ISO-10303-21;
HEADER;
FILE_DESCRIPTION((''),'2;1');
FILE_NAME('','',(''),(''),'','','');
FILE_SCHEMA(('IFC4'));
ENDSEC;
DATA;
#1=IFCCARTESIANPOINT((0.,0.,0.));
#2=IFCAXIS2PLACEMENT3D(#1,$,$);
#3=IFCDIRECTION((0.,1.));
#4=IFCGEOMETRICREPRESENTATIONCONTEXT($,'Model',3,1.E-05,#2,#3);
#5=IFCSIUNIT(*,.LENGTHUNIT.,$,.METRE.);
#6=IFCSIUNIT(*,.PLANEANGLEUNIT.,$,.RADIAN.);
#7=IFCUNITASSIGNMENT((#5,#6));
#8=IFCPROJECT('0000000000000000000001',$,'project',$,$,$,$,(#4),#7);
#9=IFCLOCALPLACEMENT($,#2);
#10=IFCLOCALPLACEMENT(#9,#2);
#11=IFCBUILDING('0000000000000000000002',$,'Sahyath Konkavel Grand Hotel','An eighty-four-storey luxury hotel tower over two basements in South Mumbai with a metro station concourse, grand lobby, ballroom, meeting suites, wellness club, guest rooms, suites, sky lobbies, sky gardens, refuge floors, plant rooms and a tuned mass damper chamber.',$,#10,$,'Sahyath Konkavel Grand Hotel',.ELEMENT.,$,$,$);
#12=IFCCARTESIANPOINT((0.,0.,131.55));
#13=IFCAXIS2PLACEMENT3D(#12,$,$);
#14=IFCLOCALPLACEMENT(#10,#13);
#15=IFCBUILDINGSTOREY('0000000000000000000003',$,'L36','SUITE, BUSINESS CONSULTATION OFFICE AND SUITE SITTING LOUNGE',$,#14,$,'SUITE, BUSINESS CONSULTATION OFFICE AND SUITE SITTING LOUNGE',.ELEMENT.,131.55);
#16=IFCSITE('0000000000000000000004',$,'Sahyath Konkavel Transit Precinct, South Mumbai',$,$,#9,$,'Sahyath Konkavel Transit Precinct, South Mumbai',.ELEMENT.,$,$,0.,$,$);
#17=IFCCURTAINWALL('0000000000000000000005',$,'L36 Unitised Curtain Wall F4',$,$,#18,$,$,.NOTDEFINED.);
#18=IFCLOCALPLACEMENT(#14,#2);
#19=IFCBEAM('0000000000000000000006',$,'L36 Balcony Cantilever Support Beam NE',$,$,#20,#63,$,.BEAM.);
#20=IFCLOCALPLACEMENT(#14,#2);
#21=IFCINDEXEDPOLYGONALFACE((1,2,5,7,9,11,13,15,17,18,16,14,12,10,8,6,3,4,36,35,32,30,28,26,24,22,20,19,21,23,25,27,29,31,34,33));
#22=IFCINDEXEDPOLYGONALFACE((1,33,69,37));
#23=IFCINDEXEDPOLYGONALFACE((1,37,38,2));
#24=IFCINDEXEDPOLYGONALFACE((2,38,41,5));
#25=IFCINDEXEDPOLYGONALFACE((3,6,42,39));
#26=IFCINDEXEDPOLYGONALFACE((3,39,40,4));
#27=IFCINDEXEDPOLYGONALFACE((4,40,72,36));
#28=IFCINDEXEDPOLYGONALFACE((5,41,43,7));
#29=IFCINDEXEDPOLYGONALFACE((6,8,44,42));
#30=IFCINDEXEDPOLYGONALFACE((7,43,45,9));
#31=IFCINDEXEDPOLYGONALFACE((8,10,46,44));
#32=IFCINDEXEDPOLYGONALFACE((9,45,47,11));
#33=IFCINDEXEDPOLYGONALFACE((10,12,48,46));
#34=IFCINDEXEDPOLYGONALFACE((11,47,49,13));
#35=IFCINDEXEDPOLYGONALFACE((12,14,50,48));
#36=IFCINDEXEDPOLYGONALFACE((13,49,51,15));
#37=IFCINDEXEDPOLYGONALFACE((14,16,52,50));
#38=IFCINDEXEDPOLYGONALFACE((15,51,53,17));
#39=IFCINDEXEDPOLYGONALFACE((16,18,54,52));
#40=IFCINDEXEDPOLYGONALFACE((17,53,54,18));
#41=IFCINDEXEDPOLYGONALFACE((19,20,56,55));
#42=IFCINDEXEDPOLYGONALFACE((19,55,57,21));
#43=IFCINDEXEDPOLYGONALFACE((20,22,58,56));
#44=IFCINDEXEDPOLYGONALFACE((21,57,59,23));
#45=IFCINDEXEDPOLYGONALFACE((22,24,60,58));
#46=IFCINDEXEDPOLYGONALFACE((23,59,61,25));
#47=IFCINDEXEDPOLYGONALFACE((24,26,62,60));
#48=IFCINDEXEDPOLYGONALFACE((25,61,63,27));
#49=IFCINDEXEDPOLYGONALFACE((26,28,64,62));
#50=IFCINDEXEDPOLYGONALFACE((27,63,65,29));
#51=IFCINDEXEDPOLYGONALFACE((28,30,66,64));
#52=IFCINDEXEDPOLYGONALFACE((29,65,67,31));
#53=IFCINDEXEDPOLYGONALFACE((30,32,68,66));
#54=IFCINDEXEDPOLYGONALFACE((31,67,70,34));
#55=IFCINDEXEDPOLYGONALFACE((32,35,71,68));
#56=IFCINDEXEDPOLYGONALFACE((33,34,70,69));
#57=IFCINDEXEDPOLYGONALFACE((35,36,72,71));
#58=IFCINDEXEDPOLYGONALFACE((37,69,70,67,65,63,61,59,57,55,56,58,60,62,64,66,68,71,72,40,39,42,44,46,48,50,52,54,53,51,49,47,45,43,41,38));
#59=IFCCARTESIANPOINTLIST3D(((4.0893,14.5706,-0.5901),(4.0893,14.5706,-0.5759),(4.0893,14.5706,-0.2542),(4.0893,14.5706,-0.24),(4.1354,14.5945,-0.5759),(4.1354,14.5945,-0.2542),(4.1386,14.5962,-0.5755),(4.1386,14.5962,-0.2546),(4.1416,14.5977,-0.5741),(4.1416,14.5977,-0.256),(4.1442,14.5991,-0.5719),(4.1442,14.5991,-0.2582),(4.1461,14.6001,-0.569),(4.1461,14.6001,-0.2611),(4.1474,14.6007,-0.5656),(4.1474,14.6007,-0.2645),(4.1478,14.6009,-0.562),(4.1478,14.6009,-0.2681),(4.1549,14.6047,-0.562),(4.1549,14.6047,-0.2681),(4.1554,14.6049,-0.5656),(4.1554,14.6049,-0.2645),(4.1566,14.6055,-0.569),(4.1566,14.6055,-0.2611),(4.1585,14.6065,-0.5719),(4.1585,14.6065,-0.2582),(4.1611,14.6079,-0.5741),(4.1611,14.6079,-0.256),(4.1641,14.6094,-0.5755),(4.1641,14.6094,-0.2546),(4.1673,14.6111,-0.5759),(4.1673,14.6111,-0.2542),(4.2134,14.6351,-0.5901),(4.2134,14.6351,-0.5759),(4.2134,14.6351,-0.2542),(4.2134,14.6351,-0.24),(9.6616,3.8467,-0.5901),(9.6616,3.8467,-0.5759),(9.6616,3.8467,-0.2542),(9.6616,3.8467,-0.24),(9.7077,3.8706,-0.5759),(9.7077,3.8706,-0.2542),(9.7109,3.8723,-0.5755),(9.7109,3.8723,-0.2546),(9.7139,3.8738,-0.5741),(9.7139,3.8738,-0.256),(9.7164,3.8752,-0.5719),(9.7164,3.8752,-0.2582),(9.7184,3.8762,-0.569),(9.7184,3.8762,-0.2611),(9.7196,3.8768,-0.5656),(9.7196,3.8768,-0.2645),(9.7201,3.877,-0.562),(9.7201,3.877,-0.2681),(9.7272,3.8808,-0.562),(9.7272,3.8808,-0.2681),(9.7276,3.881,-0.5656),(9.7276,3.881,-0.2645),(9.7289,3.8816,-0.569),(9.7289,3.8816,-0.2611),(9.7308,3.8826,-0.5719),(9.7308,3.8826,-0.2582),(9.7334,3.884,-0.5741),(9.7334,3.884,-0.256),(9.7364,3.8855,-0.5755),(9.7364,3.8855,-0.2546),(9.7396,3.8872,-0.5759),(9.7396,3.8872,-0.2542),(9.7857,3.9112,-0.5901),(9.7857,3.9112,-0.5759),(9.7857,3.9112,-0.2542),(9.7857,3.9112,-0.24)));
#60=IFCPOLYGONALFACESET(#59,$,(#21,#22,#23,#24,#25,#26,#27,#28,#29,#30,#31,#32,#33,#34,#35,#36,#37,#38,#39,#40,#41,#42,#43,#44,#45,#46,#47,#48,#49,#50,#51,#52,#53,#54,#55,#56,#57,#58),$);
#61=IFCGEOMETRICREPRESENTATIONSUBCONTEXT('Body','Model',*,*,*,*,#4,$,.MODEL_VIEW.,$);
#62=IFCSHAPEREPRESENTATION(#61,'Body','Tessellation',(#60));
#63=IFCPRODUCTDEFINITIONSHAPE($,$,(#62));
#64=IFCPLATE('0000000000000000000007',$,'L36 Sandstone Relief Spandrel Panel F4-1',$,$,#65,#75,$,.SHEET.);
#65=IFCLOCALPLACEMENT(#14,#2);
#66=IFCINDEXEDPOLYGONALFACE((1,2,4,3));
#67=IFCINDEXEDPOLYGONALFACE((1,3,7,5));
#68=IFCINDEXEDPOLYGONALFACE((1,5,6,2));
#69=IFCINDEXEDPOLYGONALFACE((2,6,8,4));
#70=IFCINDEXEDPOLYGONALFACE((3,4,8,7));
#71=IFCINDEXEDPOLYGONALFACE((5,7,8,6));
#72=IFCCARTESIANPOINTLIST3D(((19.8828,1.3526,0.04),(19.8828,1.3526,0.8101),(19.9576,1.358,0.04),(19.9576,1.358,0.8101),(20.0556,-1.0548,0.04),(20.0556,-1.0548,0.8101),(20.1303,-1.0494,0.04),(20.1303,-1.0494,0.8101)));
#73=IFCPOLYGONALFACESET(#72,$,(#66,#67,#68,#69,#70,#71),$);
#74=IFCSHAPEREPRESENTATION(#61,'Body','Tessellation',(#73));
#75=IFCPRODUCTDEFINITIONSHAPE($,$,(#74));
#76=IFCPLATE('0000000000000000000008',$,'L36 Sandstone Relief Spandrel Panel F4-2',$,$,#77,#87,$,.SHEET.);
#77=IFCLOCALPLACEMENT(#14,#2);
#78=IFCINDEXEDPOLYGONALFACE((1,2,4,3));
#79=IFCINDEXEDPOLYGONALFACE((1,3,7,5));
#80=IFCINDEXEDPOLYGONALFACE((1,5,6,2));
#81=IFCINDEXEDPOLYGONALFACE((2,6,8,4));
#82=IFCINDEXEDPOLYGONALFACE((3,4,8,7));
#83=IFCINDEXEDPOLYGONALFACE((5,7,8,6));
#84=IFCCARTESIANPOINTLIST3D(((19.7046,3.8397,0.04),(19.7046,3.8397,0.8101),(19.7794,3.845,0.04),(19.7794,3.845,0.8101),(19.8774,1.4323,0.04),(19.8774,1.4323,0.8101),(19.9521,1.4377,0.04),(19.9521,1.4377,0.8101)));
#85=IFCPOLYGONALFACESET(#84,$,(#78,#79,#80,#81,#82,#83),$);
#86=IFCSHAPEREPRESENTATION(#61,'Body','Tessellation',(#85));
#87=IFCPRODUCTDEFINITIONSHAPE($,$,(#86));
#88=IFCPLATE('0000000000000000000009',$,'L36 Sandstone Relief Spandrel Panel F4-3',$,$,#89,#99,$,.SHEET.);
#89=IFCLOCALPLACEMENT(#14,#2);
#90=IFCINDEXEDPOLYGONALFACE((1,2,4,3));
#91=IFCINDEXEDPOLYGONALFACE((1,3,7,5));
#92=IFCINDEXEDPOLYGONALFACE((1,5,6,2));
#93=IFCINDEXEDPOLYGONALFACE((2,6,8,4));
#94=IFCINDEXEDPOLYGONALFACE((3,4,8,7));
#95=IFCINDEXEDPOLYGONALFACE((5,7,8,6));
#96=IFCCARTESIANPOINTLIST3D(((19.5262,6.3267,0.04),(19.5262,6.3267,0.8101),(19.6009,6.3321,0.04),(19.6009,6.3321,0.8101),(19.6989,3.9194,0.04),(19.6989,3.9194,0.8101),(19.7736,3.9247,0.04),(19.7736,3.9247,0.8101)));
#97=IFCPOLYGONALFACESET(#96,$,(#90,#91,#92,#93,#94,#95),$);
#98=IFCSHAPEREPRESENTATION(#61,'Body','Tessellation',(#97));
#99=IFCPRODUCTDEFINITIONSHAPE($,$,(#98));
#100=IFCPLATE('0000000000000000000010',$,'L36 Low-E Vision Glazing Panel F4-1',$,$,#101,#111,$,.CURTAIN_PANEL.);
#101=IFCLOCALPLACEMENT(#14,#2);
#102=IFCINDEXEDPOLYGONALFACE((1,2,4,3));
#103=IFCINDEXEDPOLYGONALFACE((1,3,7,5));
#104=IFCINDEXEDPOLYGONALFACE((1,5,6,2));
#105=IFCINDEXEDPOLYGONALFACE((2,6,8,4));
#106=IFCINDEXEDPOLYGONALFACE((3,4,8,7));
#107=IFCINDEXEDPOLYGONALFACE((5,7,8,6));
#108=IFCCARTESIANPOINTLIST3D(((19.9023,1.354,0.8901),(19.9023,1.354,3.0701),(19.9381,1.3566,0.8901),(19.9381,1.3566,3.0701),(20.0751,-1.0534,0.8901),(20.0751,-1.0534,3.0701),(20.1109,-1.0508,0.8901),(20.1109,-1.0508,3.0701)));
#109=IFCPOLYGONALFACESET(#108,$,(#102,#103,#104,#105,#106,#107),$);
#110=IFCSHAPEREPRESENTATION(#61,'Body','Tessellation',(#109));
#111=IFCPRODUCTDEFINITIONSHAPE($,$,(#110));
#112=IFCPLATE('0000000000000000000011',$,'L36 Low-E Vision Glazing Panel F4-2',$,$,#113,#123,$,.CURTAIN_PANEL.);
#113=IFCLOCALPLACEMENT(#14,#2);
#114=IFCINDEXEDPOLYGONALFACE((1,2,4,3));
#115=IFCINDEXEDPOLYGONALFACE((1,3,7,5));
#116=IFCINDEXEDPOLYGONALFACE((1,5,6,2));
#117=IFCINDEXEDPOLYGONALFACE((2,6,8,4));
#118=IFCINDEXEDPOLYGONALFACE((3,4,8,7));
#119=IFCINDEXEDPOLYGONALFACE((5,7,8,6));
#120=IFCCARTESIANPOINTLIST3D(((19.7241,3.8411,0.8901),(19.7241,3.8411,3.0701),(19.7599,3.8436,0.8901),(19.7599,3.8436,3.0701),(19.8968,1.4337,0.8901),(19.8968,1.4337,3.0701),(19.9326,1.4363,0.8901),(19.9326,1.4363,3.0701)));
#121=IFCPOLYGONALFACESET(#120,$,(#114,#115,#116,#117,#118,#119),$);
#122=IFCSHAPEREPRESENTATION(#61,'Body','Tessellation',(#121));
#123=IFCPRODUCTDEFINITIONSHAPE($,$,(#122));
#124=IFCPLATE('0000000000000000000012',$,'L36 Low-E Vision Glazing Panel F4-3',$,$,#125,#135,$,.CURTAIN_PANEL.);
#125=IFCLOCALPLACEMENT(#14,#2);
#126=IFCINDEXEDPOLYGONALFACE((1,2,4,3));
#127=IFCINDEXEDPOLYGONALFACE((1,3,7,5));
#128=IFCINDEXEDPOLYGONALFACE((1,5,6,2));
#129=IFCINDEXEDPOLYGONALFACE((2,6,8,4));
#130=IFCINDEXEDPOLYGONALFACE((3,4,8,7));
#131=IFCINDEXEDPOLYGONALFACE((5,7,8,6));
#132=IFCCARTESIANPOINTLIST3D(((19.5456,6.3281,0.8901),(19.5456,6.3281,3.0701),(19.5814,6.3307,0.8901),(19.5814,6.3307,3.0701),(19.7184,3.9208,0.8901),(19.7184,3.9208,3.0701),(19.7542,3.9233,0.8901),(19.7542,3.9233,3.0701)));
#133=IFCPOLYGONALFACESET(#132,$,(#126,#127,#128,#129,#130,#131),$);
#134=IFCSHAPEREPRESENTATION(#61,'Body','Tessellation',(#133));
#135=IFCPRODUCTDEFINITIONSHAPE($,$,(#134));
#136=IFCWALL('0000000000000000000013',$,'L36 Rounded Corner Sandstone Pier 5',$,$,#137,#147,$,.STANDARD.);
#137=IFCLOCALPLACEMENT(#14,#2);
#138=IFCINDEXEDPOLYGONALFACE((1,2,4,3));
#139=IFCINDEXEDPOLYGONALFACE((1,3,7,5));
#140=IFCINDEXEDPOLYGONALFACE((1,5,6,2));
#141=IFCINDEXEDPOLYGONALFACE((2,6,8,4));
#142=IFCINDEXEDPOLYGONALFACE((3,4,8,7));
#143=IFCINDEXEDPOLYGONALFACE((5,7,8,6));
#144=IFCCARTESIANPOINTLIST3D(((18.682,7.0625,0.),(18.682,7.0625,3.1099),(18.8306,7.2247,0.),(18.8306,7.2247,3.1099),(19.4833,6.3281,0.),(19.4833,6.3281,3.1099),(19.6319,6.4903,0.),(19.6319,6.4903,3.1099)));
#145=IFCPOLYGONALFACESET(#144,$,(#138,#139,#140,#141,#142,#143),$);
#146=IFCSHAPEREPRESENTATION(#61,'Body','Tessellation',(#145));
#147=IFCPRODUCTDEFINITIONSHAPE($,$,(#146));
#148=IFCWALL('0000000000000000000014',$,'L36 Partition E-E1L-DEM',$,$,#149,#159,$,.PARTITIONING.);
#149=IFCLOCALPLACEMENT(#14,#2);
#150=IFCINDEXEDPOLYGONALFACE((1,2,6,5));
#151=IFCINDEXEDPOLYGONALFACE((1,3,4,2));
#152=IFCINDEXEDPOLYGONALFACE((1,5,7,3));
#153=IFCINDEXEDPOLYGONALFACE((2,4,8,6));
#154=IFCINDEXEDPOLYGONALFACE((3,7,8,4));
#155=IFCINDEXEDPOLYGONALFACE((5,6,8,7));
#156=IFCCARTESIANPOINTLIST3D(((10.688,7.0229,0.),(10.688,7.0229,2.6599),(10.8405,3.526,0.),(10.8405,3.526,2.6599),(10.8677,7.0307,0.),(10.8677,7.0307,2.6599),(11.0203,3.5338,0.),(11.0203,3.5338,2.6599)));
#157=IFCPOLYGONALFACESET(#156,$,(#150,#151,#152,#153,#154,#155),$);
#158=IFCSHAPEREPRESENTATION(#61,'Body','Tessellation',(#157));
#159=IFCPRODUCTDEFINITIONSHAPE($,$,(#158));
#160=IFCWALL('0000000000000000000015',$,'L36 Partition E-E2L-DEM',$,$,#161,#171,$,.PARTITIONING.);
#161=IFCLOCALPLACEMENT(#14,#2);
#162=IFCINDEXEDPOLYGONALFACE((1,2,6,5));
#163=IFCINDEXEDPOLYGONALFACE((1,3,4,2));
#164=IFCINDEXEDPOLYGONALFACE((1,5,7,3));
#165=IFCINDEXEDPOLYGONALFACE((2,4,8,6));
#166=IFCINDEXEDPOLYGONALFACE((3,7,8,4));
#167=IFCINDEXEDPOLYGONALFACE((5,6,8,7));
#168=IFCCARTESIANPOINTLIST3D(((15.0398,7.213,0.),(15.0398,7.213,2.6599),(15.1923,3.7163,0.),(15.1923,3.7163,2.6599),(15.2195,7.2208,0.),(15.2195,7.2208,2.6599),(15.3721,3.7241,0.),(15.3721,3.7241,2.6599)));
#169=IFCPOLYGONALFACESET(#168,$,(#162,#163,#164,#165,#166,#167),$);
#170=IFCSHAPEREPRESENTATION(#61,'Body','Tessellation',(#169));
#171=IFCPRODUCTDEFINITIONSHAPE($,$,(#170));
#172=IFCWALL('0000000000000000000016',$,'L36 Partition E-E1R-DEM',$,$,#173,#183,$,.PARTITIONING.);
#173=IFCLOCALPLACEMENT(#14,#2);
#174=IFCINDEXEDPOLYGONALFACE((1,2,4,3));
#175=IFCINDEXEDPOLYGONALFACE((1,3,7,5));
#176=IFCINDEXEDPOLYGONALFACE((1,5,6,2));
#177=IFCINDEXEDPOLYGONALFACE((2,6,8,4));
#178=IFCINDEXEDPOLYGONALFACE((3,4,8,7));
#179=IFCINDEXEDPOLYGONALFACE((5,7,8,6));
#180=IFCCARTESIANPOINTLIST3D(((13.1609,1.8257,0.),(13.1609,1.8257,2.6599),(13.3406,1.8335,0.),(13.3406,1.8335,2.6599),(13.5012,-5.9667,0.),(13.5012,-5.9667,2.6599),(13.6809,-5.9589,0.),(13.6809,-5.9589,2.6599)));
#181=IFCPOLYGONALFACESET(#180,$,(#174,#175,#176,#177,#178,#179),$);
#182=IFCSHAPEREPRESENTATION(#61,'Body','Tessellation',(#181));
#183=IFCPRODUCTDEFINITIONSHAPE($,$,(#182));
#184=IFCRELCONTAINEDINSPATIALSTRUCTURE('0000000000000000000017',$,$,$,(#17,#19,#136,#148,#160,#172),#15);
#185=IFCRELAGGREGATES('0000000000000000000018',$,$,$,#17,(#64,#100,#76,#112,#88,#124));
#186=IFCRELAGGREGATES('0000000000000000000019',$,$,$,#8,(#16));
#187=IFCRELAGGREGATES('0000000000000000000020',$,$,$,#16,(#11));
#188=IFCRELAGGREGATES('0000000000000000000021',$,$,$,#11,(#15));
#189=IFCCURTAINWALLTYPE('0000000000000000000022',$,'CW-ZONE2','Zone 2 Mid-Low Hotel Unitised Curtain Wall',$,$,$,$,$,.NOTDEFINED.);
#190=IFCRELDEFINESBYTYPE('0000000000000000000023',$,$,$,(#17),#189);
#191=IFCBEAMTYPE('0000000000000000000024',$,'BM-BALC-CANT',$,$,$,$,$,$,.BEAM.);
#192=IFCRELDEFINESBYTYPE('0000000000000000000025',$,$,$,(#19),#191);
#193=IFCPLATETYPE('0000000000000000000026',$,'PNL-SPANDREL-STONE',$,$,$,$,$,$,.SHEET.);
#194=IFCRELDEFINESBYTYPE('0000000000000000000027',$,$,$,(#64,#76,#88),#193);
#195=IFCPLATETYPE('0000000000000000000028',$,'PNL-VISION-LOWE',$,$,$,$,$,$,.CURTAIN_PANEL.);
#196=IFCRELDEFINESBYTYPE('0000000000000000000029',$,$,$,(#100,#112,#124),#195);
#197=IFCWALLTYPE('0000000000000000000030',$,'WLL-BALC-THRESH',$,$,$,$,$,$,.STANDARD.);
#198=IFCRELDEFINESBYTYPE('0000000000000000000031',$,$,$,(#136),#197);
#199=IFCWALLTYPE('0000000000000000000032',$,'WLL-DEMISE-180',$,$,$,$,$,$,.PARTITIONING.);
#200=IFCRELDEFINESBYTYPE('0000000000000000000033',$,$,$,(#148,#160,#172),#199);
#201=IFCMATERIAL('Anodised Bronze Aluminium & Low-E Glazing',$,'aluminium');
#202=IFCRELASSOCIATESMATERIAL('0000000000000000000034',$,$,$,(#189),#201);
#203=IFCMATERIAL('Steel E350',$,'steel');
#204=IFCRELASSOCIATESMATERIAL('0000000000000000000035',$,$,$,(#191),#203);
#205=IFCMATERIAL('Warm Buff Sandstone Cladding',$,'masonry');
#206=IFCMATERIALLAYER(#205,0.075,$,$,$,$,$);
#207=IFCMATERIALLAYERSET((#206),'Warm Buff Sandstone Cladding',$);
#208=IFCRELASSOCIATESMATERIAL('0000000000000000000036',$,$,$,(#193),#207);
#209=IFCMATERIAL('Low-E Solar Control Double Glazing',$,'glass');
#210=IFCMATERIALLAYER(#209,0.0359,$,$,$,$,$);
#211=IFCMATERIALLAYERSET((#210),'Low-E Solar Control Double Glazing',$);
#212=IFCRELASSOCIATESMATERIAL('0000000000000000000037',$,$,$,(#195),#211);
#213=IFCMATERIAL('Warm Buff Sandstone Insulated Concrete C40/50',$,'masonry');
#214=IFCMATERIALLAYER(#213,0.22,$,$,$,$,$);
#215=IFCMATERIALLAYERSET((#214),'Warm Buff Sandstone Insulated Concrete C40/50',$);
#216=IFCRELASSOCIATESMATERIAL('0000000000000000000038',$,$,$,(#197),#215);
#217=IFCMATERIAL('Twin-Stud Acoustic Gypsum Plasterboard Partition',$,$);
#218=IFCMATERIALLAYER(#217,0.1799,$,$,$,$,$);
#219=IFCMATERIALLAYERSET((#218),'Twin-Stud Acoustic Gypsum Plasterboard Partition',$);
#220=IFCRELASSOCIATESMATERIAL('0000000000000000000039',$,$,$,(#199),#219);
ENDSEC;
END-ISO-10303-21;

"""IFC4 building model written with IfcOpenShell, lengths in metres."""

from ifc_helpers import new_model, si_unit, direction, frame, frame_2d, origin, origin_2d, place, context, subcontext, project, spatial, rectangle, i_section, extrude, source, transform, mapped, material, layer, layer_set, material_profile, profile_set, type_object, element, aggregate, save


model = new_model("IFC4")

# Units and contexts
model_context = context("Model", 3, precision=1e-05, world=origin(), true_north=direction((0.0, 1.0)))
body_context = subcontext(model_context, "Body", "Model", "MODEL_VIEW")
ifc_project = project(units=[si_unit("LENGTHUNIT", "METRE"), si_unit("PLANEANGLEUNIT", "RADIAN")], contexts=[model_context])

# Site, building, storey
site_placement = place(None, origin())
site = spatial("IfcSite", under=ifc_project, at=site_placement, Name="Sahyath Konkavel Transit Precinct, South Mumbai", LongName="Sahyath Konkavel Transit Precinct, South Mumbai", CompositionType="ELEMENT", RefElevation=0.0)
building_placement = place(site_placement, origin())
building = spatial("IfcBuilding", under=site, at=building_placement, Name="Sahyath Konkavel Grand Hotel", Description="An eighty-four-storey luxury hotel tower over two basements in South Mumbai with a metro station concourse, grand lobby, ballroom, meeting suites, wellness club, guest rooms, suites, sky lobbies, sky gardens, refuge floors, plant rooms and a tuned mass damper chamber.", LongName="Sahyath Konkavel Grand Hotel", CompositionType="ELEMENT")
storey_placement = place(building_placement, frame((0.0, 0.0, 131.55)))
storey = spatial("IfcBuildingStorey", under=building, at=storey_placement, Name="L36", Description="SUITE, BUSINESS CONSULTATION OFFICE AND SUITE SITTING LOUNGE", LongName="SUITE, BUSINESS CONSULTATION OFFICE AND SUITE SITTING LOUNGE", CompositionType="ELEMENT", Elevation=131.55)

# Shared definitions
ifc_material_1 = material(Name="Steel E350", Category="steel")

# Curtain wall
ifc_material_2 = material(Name="Anodised Bronze Aluminium & Low-E Glazing", Category="aluminium")
curtain_wall_type = type_object("IfcCurtainWallType", Name="CW-ZONE2", Description="Zone 2 Mid-Low Hotel Unitised Curtain Wall", PredefinedType="NOTDEFINED", material=ifc_material_2)
curtain_wall_placement = place(storey_placement, origin())
curtain_wall = element("IfcCurtainWall", 1, at=curtain_wall_placement, inside=storey, type_object=curtain_wall_type, Name="L36 Unitised Curtain Wall F4", PredefinedType="NOTDEFINED")

# Beam
ifc_material_profile_1 = material_profile(ifc_material_1, i_section(OverallWidth=0.1399, OverallDepth=0.3501, WebThickness=0.0081, FlangeThickness=0.0142, FilletRadius=0.0139, at=origin_2d()), Name="ISMB 350")
ifc_profile_set_1 = profile_set([ifc_material_profile_1], Name="Steel E350")
beam_type_1 = type_object("IfcBeamType", Name="BM-BALC-CANT", PredefinedType="BEAM", material=ifc_profile_set_1)
shared_shape_1 = source(origin(), body_context, "Body", "SweptSolid", [
    extrude(i_section(OverallWidth=0.1399, OverallDepth=0.3501, WebThickness=0.0081, FlangeThickness=0.0142, FilletRadius=0.0139, at=origin_2d()), origin(), (0.0, 0.0, 1.0), 12.0852),
])
beam_1_placement = place(storey_placement, frame((9.7236, 3.8789, -0.415), z_axis=(-0.461082, 0.887357, 0.0), x_axis=(-0.887357, -0.461082, 0.0)))
element("IfcBeam", 2, at=beam_1_placement, inside=storey, type_object=beam_type_1, Name="L36 Balcony Cantilever Support Beam NE", PredefinedType="BEAM", context=body_context, shape_type="MappedRepresentation", body=[
    mapped(shared_shape_1, transform((0.0, 0.0, 0.0), scale=1.0)),
])

# Plates
ifc_material_3 = material(Name="Warm Buff Sandstone Cladding", Category="masonry")
ifc_layer_1 = layer(ifc_material_3, 0.075)
ifc_layer_set_1 = layer_set([ifc_layer_1], Name="Warm Buff Sandstone Cladding")
plate_type_1 = type_object("IfcPlateType", Name="PNL-SPANDREL-STONE", PredefinedType="SHEET", material=ifc_layer_set_1)
shared_shape_2 = source(origin(), body_context, "Body", "SweptSolid", [
    extrude(rectangle(XDim=2.4136, YDim=0.075, at=origin_2d()), origin(), (0.0, 0.0, 1.0), 0.77),
])
plate_1_placement = place(storey_placement, frame((20.0066, 0.1516, 0.04), z_axis=(0.0, 0.0, 1.0), x_axis=(-0.071567, 0.997436, 0.0)))
plate_1 = element("IfcPlate", 3, at=plate_1_placement, type_object=plate_type_1, Name="L36 Sandstone Relief Spandrel Panel F4-1", PredefinedType="SHEET", context=body_context, shape_type="MappedRepresentation", body=[
    mapped(shared_shape_2, transform((0.0, 0.0, 0.0), scale=1.0)),
])
plate_2_placement = place(storey_placement, frame((19.8284, 2.6387, 0.04), z_axis=(0.0, 0.0, 1.0), x_axis=(-0.071567, 0.997436, 0.0)))
plate_2 = element("IfcPlate", 4, at=plate_2_placement, type_object=plate_type_1, Name="L36 Sandstone Relief Spandrel Panel F4-2", PredefinedType="SHEET", context=body_context, shape_type="MappedRepresentation", body=[
    mapped(shared_shape_2, transform((0.0, 0.0, 0.0), scale=1.0)),
])
plate_3_placement = place(storey_placement, frame((19.6499, 5.1257, 0.04), z_axis=(0.0, 0.0, 1.0), x_axis=(-0.071567, 0.997436, 0.0)))
plate_3 = element("IfcPlate", 5, at=plate_3_placement, type_object=plate_type_1, Name="L36 Sandstone Relief Spandrel Panel F4-3", PredefinedType="SHEET", context=body_context, shape_type="MappedRepresentation", body=[
    mapped(shared_shape_2, transform((0.0, 0.0, 0.0), scale=1.0)),
])
ifc_material_4 = material(Name="Low-E Solar Control Double Glazing", Category="glass")
ifc_layer_2 = layer(ifc_material_4, 0.0359)
ifc_layer_set_2 = layer_set([ifc_layer_2], Name="Low-E Solar Control Double Glazing")
plate_type_2 = type_object("IfcPlateType", Name="PNL-VISION-LOWE", PredefinedType="CURTAIN_PANEL", material=ifc_layer_set_2)
shared_shape_3 = source(origin(), body_context, "Body", "SweptSolid", [
    extrude(rectangle(XDim=2.4136, YDim=0.0359, at=origin_2d()), origin(), (0.0, 0.0, 1.0), 2.1799),
])
plate_4_placement = place(storey_placement, frame((20.0066, 0.1516, 0.8901), z_axis=(0.0, 0.0, 1.0), x_axis=(-0.071567, 0.997436, 0.0)))
plate_4 = element("IfcPlate", 6, at=plate_4_placement, type_object=plate_type_2, Name="L36 Low-E Vision Glazing Panel F4-1", PredefinedType="CURTAIN_PANEL", context=body_context, shape_type="MappedRepresentation", body=[
    mapped(shared_shape_3, transform((0.0, 0.0, 0.0), scale=1.0)),
])
plate_5_placement = place(storey_placement, frame((19.8284, 2.6387, 0.8901), z_axis=(0.0, 0.0, 1.0), x_axis=(-0.071567, 0.997436, 0.0)))
plate_5 = element("IfcPlate", 7, at=plate_5_placement, type_object=plate_type_2, Name="L36 Low-E Vision Glazing Panel F4-2", PredefinedType="CURTAIN_PANEL", context=body_context, shape_type="MappedRepresentation", body=[
    mapped(shared_shape_3, transform((0.0, 0.0, 0.0), scale=1.0)),
])
plate_6_placement = place(storey_placement, frame((19.6499, 5.1257, 0.8901), z_axis=(0.0, 0.0, 1.0), x_axis=(-0.071567, 0.997436, 0.0)))
plate_6 = element("IfcPlate", 8, at=plate_6_placement, type_object=plate_type_2, Name="L36 Low-E Vision Glazing Panel F4-3", PredefinedType="CURTAIN_PANEL", context=body_context, shape_type="MappedRepresentation", body=[
    mapped(shared_shape_3, transform((0.0, 0.0, 0.0), scale=1.0)),
])
aggregate(curtain_wall, [plate_1, plate_4, plate_2, plate_5, plate_3, plate_6])

# Walls
ifc_material_5 = material(Name="Warm Buff Sandstone Insulated Concrete C40/50", Category="masonry")
ifc_layer_3 = layer(ifc_material_5, 0.22)
ifc_layer_set_3 = layer_set([ifc_layer_3], Name="Warm Buff Sandstone Insulated Concrete C40/50")
wall_type_1 = type_object("IfcWallType", Name="WLL-BALC-THRESH", PredefinedType="STANDARD", material=ifc_layer_set_3)
wall_1_placement = place(storey_placement, frame((19.5576, 6.4092, 0.0), z_axis=(0.0, 0.0, 1.0), x_axis=(-0.73721, 0.675664, 0.0)))
element("IfcWall", 9, at=wall_1_placement, inside=storey, type_object=wall_type_1, Name="L36 Rounded Corner Sandstone Pier 5", PredefinedType="STANDARD", context=body_context, shape_type="SweptSolid", body=[
    extrude(rectangle(XDim=1.0869, YDim=0.22, at=frame_2d((0.5435, 0.0))), origin(), (0.0, 0.0, 1.0), 3.1099),
])
ifc_material_6 = material(Name="Twin-Stud Acoustic Gypsum Plasterboard Partition")
ifc_layer_4 = layer(ifc_material_6, 0.1799)
ifc_layer_set_4 = layer_set([ifc_layer_4], Name="Twin-Stud Acoustic Gypsum Plasterboard Partition")
wall_type_2 = type_object("IfcWallType", Name="WLL-DEMISE-180", PredefinedType="PARTITIONING", material=ifc_layer_set_4)
wall_2_placement = place(storey_placement, frame((10.9304, 3.53, 0.0), z_axis=(0.0, 0.0, 1.0), x_axis=(-0.043595, 0.999049, 0.0)))
element("IfcWall", 10, at=wall_2_placement, inside=storey, type_object=wall_type_2, Name="L36 Partition E-E1L-DEM", PredefinedType="PARTITIONING", context=body_context, shape_type="SweptSolid", body=[
    extrude(rectangle(XDim=3.5002, YDim=0.1799, at=frame_2d((1.75, 0.0))), origin(), (0.0, 0.0, 1.0), 2.6599),
])
wall_3_placement = place(storey_placement, frame((15.2822, 3.7202, 0.0), z_axis=(0.0, 0.0, 1.0), x_axis=(-0.043598, 0.999049, 0.0)))
element("IfcWall", 11, at=wall_3_placement, inside=storey, type_object=wall_type_2, Name="L36 Partition E-E2L-DEM", PredefinedType="PARTITIONING", context=body_context, shape_type="SweptSolid", body=[
    extrude(rectangle(XDim=3.5, YDim=0.1799, at=frame_2d((1.75, 0.0))), origin(), (0.0, 0.0, 1.0), 2.6599),
])
wall_4_placement = place(storey_placement, frame((13.2507, 1.8296, 0.0), z_axis=(0.0, 0.0, 1.0), x_axis=(0.043633, -0.999048, 0.0)))
element("IfcWall", 12, at=wall_4_placement, inside=storey, type_object=wall_type_2, Name="L36 Partition E-E1R-DEM", PredefinedType="PARTITIONING", context=body_context, shape_type="SweptSolid", body=[
    extrude(rectangle(XDim=7.7998, YDim=0.1799, at=frame_2d((3.8999, 0.0))), origin(), (0.0, 0.0, 1.0), 2.6599),
])

save(model, "model.ifc")
